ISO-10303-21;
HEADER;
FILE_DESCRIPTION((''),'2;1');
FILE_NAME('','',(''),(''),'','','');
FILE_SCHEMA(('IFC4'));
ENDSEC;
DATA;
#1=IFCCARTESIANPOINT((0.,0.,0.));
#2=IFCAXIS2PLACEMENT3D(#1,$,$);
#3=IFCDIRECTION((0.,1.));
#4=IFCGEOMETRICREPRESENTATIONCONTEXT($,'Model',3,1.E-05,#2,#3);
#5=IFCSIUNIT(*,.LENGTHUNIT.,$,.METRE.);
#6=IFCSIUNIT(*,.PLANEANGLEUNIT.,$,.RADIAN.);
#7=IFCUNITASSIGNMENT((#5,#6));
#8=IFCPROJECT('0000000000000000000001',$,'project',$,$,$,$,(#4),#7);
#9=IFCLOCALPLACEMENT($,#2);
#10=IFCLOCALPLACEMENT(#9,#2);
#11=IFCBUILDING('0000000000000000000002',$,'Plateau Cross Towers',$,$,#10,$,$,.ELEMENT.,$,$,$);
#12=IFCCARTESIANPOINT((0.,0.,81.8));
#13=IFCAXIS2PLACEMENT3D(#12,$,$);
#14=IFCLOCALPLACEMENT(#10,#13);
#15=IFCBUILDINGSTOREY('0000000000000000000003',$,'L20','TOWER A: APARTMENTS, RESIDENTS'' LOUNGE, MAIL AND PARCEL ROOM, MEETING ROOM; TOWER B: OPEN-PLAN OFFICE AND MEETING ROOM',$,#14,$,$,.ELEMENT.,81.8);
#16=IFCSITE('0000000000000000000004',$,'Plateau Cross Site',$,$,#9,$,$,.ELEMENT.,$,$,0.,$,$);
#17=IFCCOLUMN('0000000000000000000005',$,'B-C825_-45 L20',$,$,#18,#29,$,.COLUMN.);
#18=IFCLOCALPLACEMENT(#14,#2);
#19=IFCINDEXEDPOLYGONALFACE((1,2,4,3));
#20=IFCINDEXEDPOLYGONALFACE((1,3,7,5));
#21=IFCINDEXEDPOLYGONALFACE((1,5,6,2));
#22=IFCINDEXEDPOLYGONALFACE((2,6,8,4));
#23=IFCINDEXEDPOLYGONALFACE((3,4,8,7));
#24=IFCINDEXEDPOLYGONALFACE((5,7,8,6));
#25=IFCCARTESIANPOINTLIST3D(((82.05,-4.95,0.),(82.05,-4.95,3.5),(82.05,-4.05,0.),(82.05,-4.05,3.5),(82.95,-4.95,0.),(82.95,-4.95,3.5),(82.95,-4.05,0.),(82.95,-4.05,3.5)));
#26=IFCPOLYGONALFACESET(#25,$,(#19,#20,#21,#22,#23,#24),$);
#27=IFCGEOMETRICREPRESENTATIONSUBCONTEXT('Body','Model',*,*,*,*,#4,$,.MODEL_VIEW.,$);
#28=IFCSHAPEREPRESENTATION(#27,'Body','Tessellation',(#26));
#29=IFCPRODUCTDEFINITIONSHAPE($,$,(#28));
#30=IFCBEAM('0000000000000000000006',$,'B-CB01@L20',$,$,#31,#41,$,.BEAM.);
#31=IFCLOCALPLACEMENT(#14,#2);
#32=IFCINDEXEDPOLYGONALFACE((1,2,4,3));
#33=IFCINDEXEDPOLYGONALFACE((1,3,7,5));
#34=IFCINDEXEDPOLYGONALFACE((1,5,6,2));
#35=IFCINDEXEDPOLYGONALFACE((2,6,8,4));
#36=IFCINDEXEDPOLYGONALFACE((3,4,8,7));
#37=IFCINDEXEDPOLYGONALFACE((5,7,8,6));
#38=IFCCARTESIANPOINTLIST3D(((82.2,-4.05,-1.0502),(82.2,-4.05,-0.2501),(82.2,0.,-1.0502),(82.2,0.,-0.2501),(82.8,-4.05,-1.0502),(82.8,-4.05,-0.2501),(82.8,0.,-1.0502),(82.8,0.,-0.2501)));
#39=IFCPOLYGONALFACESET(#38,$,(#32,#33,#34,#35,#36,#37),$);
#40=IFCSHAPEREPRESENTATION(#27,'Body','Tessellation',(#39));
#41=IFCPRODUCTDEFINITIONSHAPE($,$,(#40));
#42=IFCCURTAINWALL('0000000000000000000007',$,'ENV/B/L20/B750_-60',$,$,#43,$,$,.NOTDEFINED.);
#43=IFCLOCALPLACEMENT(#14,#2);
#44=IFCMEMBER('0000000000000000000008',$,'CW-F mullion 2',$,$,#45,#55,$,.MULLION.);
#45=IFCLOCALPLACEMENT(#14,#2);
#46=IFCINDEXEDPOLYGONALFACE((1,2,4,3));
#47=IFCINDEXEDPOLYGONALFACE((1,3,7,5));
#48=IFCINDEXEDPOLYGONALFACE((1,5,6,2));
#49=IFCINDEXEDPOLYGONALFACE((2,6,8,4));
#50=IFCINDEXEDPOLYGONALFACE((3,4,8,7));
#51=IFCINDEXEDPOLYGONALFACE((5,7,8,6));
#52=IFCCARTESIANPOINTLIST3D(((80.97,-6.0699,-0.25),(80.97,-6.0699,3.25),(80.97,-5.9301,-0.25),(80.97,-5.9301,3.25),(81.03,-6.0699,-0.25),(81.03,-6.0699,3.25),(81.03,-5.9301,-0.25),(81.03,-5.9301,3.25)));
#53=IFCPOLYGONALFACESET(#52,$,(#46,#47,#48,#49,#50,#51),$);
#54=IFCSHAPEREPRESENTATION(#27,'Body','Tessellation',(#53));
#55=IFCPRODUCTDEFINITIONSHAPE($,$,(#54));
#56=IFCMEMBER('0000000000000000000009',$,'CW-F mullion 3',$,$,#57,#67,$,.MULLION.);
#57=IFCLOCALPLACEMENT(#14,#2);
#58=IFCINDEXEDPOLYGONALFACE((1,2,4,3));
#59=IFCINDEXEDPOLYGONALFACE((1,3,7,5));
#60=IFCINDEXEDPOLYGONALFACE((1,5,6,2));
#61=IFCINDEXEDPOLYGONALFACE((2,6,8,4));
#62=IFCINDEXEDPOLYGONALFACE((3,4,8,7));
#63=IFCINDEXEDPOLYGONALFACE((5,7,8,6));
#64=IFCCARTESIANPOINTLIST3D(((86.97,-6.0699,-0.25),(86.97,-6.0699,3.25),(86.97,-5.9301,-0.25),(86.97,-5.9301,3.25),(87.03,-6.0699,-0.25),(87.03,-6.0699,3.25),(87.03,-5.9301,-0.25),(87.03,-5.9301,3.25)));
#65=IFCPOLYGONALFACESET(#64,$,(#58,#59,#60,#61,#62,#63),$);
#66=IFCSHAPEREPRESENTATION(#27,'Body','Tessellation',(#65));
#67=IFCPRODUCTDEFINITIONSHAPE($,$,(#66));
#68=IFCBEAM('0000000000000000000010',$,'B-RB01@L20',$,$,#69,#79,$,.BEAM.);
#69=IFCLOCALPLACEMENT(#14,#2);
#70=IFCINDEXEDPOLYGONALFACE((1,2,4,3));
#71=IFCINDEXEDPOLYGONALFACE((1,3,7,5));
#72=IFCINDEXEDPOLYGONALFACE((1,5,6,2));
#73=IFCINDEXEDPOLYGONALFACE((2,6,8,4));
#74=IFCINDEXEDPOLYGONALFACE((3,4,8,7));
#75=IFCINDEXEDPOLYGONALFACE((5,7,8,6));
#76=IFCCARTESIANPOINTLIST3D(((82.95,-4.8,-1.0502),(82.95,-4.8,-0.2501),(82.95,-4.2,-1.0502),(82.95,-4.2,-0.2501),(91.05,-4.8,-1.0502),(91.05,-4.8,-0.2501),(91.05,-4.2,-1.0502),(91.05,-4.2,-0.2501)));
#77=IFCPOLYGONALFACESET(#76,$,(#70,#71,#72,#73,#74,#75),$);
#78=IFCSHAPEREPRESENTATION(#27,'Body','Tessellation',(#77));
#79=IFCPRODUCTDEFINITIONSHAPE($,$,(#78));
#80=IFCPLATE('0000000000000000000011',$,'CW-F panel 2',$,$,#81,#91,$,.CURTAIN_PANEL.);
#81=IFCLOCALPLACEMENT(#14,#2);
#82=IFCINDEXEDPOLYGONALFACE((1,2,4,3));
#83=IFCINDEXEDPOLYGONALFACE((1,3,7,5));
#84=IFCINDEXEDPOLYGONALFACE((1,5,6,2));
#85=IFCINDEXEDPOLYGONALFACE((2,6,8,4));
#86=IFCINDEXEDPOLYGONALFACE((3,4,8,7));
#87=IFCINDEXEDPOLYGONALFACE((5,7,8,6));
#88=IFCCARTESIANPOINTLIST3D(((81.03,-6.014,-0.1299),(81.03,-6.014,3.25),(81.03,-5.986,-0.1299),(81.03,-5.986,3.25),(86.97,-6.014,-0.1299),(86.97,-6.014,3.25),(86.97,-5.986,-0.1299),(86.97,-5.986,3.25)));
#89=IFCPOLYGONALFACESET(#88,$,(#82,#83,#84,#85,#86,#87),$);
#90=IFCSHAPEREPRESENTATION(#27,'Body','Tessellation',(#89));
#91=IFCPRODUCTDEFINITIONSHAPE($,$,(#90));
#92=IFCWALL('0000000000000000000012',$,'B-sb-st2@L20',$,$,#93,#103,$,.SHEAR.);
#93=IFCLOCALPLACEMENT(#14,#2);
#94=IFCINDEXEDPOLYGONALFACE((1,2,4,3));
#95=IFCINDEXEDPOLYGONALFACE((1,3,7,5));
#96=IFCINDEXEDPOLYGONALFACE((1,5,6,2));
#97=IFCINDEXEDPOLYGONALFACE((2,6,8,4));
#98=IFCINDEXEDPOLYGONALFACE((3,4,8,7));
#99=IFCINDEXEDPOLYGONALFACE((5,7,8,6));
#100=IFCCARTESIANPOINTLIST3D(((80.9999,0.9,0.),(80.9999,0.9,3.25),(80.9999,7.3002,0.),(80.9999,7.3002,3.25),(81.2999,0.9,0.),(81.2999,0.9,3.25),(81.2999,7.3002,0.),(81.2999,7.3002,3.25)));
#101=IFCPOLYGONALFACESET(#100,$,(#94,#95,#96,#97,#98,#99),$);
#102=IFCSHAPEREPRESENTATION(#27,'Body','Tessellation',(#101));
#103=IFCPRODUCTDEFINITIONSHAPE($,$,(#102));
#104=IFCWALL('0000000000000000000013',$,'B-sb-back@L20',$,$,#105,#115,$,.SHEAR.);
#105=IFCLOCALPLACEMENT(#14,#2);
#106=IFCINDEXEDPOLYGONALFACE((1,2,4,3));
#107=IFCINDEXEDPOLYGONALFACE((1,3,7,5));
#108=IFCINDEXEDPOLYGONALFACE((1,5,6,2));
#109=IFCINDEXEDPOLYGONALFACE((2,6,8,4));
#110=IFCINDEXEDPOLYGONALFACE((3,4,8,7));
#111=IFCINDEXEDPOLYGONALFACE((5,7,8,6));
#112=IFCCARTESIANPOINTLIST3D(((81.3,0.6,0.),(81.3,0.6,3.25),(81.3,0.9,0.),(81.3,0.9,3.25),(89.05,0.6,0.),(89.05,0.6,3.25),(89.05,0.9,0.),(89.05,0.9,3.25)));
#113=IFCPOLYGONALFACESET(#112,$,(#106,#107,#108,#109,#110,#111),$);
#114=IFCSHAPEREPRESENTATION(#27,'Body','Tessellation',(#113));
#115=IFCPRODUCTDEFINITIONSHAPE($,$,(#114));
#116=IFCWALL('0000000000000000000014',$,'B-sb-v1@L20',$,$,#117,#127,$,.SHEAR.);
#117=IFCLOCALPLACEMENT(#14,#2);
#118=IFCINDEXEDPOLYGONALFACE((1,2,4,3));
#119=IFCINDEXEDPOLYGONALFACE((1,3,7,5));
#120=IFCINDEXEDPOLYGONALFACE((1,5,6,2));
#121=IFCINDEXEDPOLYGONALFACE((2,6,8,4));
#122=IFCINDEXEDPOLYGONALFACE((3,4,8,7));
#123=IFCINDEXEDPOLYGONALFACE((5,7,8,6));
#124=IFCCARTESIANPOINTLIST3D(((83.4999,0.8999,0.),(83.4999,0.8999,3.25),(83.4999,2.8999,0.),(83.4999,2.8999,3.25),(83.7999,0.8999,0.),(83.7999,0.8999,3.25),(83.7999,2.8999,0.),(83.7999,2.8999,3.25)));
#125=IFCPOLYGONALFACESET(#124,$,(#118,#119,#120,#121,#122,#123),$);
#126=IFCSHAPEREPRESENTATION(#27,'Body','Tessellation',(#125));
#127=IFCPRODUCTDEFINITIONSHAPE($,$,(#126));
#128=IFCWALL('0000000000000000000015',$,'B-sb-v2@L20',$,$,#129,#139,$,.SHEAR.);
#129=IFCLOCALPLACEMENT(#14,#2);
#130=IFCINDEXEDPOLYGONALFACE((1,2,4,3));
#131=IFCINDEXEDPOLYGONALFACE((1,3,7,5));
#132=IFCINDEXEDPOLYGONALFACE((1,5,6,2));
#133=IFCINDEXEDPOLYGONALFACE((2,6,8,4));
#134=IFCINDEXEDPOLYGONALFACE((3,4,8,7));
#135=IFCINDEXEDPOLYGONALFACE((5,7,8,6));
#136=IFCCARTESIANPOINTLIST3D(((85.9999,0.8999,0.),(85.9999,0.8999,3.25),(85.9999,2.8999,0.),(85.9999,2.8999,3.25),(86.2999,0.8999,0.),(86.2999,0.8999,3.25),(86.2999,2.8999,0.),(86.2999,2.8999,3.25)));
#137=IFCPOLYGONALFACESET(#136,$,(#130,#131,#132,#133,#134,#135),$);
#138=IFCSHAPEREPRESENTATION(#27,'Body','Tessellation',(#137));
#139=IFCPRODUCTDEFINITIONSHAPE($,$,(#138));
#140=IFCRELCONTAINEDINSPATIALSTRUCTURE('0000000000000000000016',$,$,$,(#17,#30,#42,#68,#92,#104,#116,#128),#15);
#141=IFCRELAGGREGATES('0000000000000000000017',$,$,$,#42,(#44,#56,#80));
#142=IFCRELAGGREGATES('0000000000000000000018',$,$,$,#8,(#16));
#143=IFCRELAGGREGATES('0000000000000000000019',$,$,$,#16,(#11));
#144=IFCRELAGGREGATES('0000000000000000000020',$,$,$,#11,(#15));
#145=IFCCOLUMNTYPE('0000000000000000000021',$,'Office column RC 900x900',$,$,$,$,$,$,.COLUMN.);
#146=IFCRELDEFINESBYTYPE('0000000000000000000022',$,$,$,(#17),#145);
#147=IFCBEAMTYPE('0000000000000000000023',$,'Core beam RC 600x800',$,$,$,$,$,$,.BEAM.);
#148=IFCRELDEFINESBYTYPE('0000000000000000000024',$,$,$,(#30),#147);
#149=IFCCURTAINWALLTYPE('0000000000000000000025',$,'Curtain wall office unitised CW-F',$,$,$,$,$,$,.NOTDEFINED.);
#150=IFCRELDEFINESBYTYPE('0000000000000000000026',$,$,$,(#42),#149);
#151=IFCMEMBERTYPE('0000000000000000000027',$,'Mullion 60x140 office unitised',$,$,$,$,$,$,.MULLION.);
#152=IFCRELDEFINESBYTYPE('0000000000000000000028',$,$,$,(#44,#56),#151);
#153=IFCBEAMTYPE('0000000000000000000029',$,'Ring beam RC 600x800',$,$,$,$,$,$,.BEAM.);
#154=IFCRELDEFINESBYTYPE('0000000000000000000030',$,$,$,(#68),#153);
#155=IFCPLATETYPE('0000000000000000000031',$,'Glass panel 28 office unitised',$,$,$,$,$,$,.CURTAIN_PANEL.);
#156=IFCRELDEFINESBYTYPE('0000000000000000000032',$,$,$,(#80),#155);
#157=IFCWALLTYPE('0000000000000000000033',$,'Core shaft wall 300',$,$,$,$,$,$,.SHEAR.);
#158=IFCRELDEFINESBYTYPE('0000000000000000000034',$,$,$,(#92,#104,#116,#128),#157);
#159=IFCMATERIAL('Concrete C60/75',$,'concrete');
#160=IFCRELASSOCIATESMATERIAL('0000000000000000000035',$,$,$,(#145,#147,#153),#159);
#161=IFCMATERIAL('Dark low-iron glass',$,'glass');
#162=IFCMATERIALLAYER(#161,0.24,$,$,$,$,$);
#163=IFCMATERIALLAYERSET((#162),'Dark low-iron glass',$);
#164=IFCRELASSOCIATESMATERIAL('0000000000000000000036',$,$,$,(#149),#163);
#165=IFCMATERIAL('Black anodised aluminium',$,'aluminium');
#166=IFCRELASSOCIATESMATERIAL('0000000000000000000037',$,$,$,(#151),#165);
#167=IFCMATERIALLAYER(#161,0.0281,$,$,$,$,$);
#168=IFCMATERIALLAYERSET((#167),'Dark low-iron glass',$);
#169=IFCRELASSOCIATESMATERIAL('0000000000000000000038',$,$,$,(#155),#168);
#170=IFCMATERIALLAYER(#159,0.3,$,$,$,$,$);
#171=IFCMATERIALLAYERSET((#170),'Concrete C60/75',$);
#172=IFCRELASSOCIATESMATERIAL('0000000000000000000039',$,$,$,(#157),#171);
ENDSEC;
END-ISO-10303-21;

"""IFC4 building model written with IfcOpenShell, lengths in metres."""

from ifc_helpers import new_model, si_unit, direction, frame, frame_2d, origin, origin_2d, place, context, subcontext, project, spatial, rectangle, extrude, material, layer, layer_set, material_profile, profile_set, type_object, element, aggregate, save


model = new_model("IFC4")

# Units and contexts
model_context = context("Model", 3, precision=1e-05, world=origin(), true_north=direction((0.0, 1.0)))
body_context = subcontext(model_context, "Body", "Model", "MODEL_VIEW")
ifc_project = project(units=[si_unit("LENGTHUNIT", "METRE"), si_unit("PLANEANGLEUNIT", "RADIAN")], contexts=[model_context])

# Site, building, storey
site_placement = place(None, origin())
site = spatial("IfcSite", under=ifc_project, at=site_placement, Name="Plateau Cross Site", CompositionType="ELEMENT", RefElevation=0.0)
building_placement = place(site_placement, origin())
building = spatial("IfcBuilding", under=site, at=building_placement, Name="Plateau Cross Towers", CompositionType="ELEMENT")
storey_placement = place(building_placement, frame((0.0, 0.0, 81.8)))
storey = spatial("IfcBuildingStorey", under=building, at=storey_placement, Name="L20", Description="TOWER A: APARTMENTS, RESIDENTS' LOUNGE, MAIL AND PARCEL ROOM, MEETING ROOM; TOWER B: OPEN-PLAN OFFICE AND MEETING ROOM", CompositionType="ELEMENT", Elevation=81.8)

# Column
ifc_material_1 = material(Name="Concrete C60/75", Category="concrete")
ifc_material_profile_1 = material_profile(ifc_material_1, rectangle(XDim=0.8999, YDim=0.8999, at=origin_2d()), Name="RC 900x900")
ifc_profile_set_1 = profile_set([ifc_material_profile_1], Name="Concrete C60/75")
column_type = type_object("IfcColumnType", Name="Office column RC 900x900", PredefinedType="COLUMN", material=ifc_profile_set_1)
column_placement = place(storey_placement, frame((82.5, -4.5, 0.0), z_axis=(0.0, 0.0, 1.0), x_axis=(1.0, 0.0, 0.0)))
element("IfcColumn", 1, at=column_placement, inside=storey, type_object=column_type, Name="B-C825_-45 L20", PredefinedType="COLUMN", context=body_context, shape_type="SweptSolid", body=[
    extrude(rectangle(XDim=0.8999, YDim=0.8999, at=origin_2d()), origin(), (0.0, 0.0, 1.0), 3.5),
])

# Beam
ifc_material_profile_2 = material_profile(ifc_material_1, rectangle(XDim=0.6001, YDim=0.8, at=origin_2d()), Name="RC 600x800")
ifc_profile_set_2 = profile_set([ifc_material_profile_2], Name="Concrete C60/75")
beam_type_1 = type_object("IfcBeamType", Name="Core beam RC 600x800", PredefinedType="BEAM", material=ifc_profile_set_2)
beam_1_placement = place(storey_placement, frame((82.5, 0.0, -0.6501), z_axis=(0.0, -1.0, 0.0), x_axis=(1.0, 0.0, 0.0)))
element("IfcBeam", 2, at=beam_1_placement, inside=storey, type_object=beam_type_1, Name="B-CB01@L20", PredefinedType="BEAM", context=body_context, shape_type="SweptSolid", body=[
    extrude(rectangle(XDim=0.6001, YDim=0.8, at=origin_2d()), origin(), (0.0, 0.0, 1.0), 4.05),
])

# Curtain wall, members
ifc_material_2 = material(Name="Dark low-iron glass", Category="glass")
ifc_layer_1 = layer(ifc_material_2, 0.24)
ifc_layer_set_1 = layer_set([ifc_layer_1], Name="Dark low-iron glass")
curtain_wall_type = type_object("IfcCurtainWallType", Name="Curtain wall office unitised CW-F", PredefinedType="NOTDEFINED", material=ifc_layer_set_1)
curtain_wall_placement = place(storey_placement, origin())
curtain_wall = element("IfcCurtainWall", 3, at=curtain_wall_placement, inside=storey, type_object=curtain_wall_type, Name="ENV/B/L20/B750_-60", PredefinedType="NOTDEFINED")
ifc_material_3 = material(Name="Black anodised aluminium", Category="aluminium")
ifc_material_profile_3 = material_profile(ifc_material_3, rectangle(XDim=0.0601, YDim=0.1399, at=origin_2d()), Name="MULLION 60x140")
ifc_profile_set_3 = profile_set([ifc_material_profile_3], Name="Black anodised aluminium")
member_type = type_object("IfcMemberType", Name="Mullion 60x140 office unitised", PredefinedType="MULLION", material=ifc_profile_set_3)
member_1_placement = place(storey_placement, frame((81.0, -6.0, -0.25), z_axis=(0.0, 0.0, 1.0), x_axis=(1.0, 0.0, 0.0)))
member_1 = element("IfcMember", 4, at=member_1_placement, type_object=member_type, Name="CW-F mullion 2", PredefinedType="MULLION", context=body_context, shape_type="SweptSolid", body=[
    extrude(rectangle(XDim=0.0601, YDim=0.1399, at=origin_2d()), origin(), (0.0, 0.0, 1.0), 3.5),
])
member_2_placement = place(storey_placement, frame((87.0, -6.0, -0.25), z_axis=(0.0, 0.0, 1.0), x_axis=(1.0, 0.0, 0.0)))
member_2 = element("IfcMember", 5, at=member_2_placement, type_object=member_type, Name="CW-F mullion 3", PredefinedType="MULLION", context=body_context, shape_type="SweptSolid", body=[
    extrude(rectangle(XDim=0.0601, YDim=0.1399, at=origin_2d()), origin(), (0.0, 0.0, 1.0), 3.5),
])

# Beam
ifc_material_profile_4 = material_profile(ifc_material_1, rectangle(XDim=0.6001, YDim=0.8, at=origin_2d()), Name="RC 600x800")
ifc_profile_set_4 = profile_set([ifc_material_profile_4], Name="Concrete C60/75")
beam_type_2 = type_object("IfcBeamType", Name="Ring beam RC 600x800", PredefinedType="BEAM", material=ifc_profile_set_4)
beam_2_placement = place(storey_placement, frame((82.95, -4.5, -0.6501), z_axis=(1.0, 0.0, 0.0), x_axis=(0.0, 1.0, 0.0)))
element("IfcBeam", 6, at=beam_2_placement, inside=storey, type_object=beam_type_2, Name="B-RB01@L20", PredefinedType="BEAM", context=body_context, shape_type="SweptSolid", body=[
    extrude(rectangle(XDim=0.6001, YDim=0.8, at=origin_2d()), origin(), (0.0, 0.0, 1.0), 8.1001),
])

# Plate
ifc_layer_2 = layer(ifc_material_2, 0.0281)
ifc_layer_set_2 = layer_set([ifc_layer_2], Name="Dark low-iron glass")
plate_type = type_object("IfcPlateType", Name="Glass panel 28 office unitised", PredefinedType="CURTAIN_PANEL", material=ifc_layer_set_2)
plate_placement = place(storey_placement, frame((84.0, -6.0, -0.1299), z_axis=(0.0, 0.0, 1.0), x_axis=(1.0, 0.0, 0.0)))
plate = element("IfcPlate", 7, at=plate_placement, type_object=plate_type, Name="CW-F panel 2", PredefinedType="CURTAIN_PANEL", context=body_context, shape_type="SweptSolid", body=[
    extrude(rectangle(XDim=5.9399, YDim=0.0281, at=origin_2d()), origin(), (0.0, 0.0, 1.0), 3.3799),
])
aggregate(curtain_wall, [member_1, member_2, plate])

# Walls
ifc_layer_3 = layer(ifc_material_1, 0.3)
ifc_layer_set_3 = layer_set([ifc_layer_3], Name="Concrete C60/75")
wall_type_1 = type_object("IfcWallType", Name="Core shaft wall 300", PredefinedType="SHEAR", material=ifc_layer_set_3)
wall_1_placement = place(storey_placement, frame((81.1499, 0.8999, 0.0), z_axis=(0.0, 0.0, 1.0), x_axis=(0.0, 1.0, 0.0)))
element("IfcWall", 8, at=wall_1_placement, inside=storey, type_object=wall_type_1, Name="B-sb-st2@L20", PredefinedType="SHEAR", context=body_context, shape_type="SweptSolid", body=[
    extrude(rectangle(XDim=6.4001, YDim=0.3, at=frame_2d((3.2002, 0.0))), origin(), (0.0, 0.0, 1.0), 3.25),
])
wall_2_placement = place(storey_placement, frame((81.3, 0.75, 0.0), z_axis=(0.0, 0.0, 1.0), x_axis=(1.0, 0.0, 0.0)))
element("IfcWall", 9, at=wall_2_placement, inside=storey, type_object=wall_type_1, Name="B-sb-back@L20", PredefinedType="SHEAR", context=body_context, shape_type="SweptSolid", body=[
    extrude(rectangle(XDim=7.75, YDim=0.3, at=frame_2d((3.875, 0.0))), origin(), (0.0, 0.0, 1.0), 3.25),
])
for number, where, z_axis, x_axis, name in (
    (10, (83.6499, 0.8999, 0.0), (0.0, 0.0, 1.0), (0.0, 1.0, 0.0), "B-sb-v1@L20"),
    (11, (86.1499, 0.8999, 0.0), (0.0, 0.0, 1.0), (0.0, 1.0, 0.0), "B-sb-v2@L20"),
):
    element("IfcWall", number, at=place(storey_placement, frame(where, z_axis=z_axis, x_axis=x_axis)), inside=storey, type_object=wall_type_1, Name=name, PredefinedType="SHEAR", context=body_context, shape_type="SweptSolid", body=[
        extrude(rectangle(XDim=2.0, YDim=0.3, at=frame_2d((1.0, 0.0))), origin(), (0.0, 0.0, 1.0), 3.25),
    ])

save(model, "model.ifc")
